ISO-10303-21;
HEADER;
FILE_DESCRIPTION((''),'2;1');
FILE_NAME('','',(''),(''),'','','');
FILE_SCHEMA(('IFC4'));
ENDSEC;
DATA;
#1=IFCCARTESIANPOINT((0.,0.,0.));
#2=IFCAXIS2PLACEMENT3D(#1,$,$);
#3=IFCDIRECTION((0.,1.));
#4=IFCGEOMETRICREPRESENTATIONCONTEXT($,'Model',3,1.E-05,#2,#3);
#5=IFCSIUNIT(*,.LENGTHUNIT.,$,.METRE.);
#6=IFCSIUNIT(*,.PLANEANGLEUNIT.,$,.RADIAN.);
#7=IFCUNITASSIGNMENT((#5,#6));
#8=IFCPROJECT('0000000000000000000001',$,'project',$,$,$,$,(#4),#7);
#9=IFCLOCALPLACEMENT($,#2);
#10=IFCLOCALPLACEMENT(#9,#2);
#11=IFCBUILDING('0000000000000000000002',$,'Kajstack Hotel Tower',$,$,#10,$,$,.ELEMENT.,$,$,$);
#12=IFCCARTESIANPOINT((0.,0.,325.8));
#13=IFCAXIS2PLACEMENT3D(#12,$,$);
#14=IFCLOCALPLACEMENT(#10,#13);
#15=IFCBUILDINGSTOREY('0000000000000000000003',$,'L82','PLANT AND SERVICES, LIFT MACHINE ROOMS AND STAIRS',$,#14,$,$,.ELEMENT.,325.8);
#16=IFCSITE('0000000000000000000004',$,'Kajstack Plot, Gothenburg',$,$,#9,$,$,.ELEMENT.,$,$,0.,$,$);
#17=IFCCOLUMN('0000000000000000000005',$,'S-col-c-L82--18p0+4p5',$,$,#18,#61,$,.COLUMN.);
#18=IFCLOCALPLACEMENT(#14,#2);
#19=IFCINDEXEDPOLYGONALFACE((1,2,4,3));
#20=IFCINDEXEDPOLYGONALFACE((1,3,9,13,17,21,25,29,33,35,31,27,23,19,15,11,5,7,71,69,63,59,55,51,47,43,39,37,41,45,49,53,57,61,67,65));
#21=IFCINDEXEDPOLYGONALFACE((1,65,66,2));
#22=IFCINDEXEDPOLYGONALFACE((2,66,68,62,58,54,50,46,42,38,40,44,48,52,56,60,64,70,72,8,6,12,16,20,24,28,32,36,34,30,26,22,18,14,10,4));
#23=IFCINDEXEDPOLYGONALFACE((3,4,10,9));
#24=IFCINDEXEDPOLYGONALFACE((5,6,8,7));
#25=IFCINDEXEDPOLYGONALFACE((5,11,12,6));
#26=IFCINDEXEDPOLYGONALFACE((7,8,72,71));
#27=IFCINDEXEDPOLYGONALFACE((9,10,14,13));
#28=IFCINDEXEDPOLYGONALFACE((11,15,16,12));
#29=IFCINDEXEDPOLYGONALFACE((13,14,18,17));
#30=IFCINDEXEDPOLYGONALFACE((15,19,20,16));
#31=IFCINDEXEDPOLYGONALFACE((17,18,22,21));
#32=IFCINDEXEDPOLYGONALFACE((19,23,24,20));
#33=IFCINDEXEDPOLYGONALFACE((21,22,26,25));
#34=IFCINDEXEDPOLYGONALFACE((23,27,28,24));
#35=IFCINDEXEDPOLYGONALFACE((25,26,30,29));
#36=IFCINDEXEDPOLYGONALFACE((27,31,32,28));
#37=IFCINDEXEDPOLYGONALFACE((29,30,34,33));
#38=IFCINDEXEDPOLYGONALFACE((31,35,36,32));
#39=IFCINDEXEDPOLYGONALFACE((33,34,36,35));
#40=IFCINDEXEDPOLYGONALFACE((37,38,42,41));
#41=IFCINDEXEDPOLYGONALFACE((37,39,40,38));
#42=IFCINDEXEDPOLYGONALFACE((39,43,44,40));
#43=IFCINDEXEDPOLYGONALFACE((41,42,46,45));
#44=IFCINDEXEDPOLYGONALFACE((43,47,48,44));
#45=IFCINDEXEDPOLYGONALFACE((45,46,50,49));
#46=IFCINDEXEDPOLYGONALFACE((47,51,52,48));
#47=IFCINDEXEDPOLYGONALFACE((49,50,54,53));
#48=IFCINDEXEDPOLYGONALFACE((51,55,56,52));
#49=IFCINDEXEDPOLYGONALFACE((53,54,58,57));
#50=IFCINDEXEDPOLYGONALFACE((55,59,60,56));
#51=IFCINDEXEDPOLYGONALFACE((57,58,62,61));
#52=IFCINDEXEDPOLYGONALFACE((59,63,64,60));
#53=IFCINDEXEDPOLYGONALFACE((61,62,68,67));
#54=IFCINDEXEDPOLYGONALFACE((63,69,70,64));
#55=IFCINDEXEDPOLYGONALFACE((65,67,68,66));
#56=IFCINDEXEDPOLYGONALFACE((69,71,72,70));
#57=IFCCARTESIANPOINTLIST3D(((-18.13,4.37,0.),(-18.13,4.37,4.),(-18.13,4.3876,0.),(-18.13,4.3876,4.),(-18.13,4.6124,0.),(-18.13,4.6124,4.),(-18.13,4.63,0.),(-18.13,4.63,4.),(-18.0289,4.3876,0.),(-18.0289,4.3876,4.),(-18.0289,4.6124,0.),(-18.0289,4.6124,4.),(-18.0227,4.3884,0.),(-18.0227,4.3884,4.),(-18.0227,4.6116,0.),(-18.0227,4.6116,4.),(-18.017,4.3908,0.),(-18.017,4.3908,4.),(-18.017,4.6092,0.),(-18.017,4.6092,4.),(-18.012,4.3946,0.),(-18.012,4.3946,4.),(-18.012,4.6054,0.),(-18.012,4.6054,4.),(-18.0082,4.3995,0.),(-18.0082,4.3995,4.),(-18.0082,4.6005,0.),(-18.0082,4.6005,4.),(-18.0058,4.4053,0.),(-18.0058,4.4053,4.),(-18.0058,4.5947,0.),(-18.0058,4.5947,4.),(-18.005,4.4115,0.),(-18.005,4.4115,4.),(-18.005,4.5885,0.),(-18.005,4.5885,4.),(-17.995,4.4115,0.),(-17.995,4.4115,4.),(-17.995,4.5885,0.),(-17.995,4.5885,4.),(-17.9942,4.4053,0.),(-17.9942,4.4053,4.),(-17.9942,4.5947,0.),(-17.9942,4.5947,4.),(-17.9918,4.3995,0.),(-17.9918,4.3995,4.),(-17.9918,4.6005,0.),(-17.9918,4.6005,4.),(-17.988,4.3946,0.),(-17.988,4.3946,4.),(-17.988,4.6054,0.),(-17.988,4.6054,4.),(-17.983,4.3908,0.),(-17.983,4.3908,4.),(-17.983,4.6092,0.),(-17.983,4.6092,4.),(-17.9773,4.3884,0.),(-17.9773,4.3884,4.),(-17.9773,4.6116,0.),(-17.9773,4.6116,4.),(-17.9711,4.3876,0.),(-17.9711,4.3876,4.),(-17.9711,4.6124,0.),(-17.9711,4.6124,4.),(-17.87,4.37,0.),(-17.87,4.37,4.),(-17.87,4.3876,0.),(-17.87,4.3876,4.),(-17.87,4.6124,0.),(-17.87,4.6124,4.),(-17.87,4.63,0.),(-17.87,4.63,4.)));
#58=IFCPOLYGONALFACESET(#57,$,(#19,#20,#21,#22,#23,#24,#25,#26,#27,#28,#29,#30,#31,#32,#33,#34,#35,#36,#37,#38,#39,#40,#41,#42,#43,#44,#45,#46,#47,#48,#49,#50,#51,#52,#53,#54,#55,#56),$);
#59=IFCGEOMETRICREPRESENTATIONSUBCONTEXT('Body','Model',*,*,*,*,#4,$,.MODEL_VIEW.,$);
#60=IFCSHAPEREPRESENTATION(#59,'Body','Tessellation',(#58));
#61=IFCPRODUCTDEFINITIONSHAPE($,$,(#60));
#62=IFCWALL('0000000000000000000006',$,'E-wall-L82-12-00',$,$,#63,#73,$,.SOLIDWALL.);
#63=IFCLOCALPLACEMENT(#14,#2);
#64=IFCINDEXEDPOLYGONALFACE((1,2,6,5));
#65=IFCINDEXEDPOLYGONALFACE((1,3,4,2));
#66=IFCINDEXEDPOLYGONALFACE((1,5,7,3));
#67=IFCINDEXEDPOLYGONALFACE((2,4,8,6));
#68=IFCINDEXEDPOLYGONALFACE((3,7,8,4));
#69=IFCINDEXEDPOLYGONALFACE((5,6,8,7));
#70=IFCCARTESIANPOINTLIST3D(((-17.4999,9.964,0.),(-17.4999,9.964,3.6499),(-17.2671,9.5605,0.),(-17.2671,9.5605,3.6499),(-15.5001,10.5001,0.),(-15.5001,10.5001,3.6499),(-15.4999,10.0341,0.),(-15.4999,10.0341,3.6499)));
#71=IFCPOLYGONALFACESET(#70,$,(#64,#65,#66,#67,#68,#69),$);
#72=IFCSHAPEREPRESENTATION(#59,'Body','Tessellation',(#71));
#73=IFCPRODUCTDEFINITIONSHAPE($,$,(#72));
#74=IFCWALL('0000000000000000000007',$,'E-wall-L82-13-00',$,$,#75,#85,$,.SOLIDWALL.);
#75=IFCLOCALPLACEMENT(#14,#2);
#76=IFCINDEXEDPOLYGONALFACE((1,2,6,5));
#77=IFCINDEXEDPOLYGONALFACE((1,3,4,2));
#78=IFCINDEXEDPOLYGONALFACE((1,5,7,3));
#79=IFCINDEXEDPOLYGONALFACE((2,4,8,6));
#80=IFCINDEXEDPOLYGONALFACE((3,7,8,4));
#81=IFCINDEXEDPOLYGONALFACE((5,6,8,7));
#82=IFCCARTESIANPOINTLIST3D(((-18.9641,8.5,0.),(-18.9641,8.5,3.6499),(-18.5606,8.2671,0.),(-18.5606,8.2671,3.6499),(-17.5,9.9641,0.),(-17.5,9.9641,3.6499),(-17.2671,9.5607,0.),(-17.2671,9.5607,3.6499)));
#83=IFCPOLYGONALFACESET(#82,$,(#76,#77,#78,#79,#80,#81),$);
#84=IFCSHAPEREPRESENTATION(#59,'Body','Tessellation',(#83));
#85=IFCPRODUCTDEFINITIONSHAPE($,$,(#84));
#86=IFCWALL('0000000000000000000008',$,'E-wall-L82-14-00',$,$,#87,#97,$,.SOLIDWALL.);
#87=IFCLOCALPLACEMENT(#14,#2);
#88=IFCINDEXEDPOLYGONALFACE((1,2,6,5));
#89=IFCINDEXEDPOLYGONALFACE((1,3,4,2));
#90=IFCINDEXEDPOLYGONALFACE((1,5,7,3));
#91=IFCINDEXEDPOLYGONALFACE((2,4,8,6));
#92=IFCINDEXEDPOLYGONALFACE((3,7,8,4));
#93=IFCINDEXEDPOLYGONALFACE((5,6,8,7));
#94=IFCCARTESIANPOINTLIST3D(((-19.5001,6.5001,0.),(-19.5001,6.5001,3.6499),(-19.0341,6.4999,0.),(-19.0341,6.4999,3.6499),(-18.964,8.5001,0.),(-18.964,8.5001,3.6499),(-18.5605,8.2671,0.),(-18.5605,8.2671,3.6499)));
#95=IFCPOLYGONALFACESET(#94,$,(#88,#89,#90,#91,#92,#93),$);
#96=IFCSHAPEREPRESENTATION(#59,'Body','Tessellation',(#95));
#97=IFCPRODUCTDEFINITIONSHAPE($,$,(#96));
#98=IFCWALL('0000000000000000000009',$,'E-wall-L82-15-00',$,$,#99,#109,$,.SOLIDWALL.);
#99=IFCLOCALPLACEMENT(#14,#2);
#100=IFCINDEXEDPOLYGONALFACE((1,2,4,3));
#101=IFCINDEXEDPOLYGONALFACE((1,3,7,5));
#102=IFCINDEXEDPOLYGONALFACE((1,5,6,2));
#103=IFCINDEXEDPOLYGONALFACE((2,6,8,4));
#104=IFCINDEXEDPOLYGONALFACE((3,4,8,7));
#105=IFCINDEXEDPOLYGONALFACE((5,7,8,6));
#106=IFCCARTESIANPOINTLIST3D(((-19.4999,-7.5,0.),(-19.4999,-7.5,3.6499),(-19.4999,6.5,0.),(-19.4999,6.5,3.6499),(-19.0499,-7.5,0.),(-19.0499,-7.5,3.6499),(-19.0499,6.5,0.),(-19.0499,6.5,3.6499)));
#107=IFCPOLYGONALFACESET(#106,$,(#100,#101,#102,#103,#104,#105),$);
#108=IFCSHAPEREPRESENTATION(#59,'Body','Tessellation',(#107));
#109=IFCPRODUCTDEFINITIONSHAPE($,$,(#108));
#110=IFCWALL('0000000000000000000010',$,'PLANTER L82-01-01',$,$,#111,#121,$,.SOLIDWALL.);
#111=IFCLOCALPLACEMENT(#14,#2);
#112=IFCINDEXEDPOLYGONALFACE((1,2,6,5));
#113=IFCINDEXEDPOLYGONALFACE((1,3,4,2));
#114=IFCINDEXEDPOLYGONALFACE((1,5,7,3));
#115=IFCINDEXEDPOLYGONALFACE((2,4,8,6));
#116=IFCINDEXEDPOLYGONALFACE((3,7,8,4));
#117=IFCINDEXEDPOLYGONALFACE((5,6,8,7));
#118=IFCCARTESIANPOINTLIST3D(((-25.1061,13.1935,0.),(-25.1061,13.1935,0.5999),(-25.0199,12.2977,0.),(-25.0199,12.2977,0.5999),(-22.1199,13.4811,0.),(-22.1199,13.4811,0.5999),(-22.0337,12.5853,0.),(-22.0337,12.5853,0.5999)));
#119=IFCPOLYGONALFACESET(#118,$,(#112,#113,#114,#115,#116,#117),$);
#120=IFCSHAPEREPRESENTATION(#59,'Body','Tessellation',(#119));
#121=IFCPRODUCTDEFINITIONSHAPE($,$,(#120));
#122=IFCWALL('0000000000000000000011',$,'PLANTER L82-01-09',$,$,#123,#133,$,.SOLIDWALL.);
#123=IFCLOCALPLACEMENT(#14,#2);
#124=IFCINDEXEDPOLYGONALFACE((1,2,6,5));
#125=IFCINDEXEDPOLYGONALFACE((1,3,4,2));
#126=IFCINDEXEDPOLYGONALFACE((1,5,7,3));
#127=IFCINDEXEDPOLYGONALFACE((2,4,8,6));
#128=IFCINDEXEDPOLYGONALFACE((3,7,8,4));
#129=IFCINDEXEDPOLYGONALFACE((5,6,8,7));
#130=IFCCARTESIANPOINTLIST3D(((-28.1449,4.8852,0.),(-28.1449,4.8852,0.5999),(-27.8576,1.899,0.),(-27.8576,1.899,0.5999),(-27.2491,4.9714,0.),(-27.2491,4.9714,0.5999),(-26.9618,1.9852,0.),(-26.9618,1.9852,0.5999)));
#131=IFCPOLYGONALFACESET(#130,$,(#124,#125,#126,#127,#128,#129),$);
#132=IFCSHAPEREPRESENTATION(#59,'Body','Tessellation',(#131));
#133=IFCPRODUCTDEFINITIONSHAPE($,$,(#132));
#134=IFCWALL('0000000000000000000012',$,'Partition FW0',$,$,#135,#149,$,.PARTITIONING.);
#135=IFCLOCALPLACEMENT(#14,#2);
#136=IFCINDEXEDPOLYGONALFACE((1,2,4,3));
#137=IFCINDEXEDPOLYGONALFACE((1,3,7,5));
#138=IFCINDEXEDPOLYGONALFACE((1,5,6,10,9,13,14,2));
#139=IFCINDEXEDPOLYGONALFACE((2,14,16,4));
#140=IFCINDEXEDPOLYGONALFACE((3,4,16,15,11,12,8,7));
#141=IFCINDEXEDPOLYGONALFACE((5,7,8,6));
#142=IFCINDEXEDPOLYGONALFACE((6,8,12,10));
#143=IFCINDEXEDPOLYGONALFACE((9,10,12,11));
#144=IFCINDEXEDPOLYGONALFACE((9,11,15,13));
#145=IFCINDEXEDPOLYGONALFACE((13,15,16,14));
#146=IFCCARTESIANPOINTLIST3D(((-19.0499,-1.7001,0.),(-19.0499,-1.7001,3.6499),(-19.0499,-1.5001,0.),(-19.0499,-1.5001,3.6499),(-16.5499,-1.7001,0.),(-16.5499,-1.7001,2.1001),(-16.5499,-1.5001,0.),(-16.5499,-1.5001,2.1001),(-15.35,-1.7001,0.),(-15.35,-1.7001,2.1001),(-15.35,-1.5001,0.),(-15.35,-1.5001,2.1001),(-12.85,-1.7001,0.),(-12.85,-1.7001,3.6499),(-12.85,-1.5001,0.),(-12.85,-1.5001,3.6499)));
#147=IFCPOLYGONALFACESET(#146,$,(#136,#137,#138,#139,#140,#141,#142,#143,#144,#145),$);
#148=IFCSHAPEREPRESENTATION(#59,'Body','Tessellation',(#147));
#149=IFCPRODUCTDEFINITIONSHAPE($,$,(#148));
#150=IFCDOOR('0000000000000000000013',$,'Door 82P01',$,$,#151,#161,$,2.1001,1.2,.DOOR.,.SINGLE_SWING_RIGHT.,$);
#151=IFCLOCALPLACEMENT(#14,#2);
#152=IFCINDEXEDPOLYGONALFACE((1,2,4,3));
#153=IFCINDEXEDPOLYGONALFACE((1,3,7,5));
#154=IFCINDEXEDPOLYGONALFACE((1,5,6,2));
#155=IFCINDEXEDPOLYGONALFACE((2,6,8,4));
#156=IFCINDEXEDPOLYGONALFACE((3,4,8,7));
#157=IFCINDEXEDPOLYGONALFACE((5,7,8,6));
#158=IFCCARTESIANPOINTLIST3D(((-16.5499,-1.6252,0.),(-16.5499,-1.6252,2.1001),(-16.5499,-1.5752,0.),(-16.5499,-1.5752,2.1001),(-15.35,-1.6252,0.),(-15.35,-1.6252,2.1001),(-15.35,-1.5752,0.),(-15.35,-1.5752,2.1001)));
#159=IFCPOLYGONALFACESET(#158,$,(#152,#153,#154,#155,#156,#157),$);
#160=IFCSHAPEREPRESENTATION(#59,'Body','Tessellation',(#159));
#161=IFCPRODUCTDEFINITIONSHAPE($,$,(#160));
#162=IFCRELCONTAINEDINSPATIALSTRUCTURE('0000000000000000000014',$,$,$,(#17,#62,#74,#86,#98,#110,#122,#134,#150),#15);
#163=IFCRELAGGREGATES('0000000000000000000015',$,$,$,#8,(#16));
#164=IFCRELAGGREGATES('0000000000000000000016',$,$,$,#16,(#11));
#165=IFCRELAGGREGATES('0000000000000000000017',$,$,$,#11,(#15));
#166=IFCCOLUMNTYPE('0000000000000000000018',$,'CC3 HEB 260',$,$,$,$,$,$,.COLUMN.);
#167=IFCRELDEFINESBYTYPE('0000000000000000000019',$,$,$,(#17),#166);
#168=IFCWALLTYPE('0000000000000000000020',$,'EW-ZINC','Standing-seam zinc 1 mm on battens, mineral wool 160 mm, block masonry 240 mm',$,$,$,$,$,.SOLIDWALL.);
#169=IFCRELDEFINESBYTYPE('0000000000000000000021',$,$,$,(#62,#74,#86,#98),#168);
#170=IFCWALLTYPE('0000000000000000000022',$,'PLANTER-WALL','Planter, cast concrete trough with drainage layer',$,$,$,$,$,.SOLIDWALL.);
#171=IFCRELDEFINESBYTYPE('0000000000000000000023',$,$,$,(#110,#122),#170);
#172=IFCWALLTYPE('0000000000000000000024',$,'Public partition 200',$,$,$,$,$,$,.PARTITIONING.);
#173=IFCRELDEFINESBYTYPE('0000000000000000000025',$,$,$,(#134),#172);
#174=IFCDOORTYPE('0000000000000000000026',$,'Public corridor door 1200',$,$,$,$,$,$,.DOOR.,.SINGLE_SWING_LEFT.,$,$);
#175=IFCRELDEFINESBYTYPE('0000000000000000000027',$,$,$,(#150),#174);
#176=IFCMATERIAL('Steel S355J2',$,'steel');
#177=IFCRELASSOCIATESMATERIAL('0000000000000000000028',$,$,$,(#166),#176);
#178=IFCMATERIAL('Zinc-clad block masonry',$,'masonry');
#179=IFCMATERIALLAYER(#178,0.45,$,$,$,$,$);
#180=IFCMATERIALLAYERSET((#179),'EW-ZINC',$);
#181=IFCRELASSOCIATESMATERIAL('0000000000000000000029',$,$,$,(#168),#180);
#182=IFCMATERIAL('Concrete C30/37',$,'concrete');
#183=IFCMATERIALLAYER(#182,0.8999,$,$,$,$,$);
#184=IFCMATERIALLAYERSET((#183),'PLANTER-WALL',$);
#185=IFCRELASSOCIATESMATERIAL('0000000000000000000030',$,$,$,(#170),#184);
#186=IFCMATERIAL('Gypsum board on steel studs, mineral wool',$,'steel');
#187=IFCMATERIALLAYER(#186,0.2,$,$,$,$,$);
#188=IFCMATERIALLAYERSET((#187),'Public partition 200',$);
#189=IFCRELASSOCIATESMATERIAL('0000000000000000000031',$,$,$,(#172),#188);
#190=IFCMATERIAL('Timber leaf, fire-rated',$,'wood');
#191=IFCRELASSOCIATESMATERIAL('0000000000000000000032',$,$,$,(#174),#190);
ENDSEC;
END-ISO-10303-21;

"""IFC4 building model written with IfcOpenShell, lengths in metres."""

from ifc_helpers import new_model, si_unit, direction, frame, frame_2d, origin, origin_2d, place, context, subcontext, project, spatial, polyline, rectangle, i_section, outline, extrude, material, layer, layer_set, material_profile, profile_set, type_object, element, fill, save


model = new_model("IFC4")

# Units and contexts
model_context = context("Model", 3, precision=1e-05, world=origin(), true_north=direction((0.0, 1.0)))
body_context = subcontext(model_context, "Body", "Model", "MODEL_VIEW")
ifc_project = project(units=[si_unit("LENGTHUNIT", "METRE"), si_unit("PLANEANGLEUNIT", "RADIAN")], contexts=[model_context])

# Site, building, storey
site_placement = place(None, origin())
site = spatial("IfcSite", under=ifc_project, at=site_placement, Name="Kajstack Plot, Gothenburg", CompositionType="ELEMENT", RefElevation=0.0)
building_placement = place(site_placement, origin())
building = spatial("IfcBuilding", under=site, at=building_placement, Name="Kajstack Hotel Tower", CompositionType="ELEMENT")
storey_placement = place(building_placement, frame((0.0, 0.0, 325.8)))
storey = spatial("IfcBuildingStorey", under=building, at=storey_placement, Name="L82", Description="PLANT AND SERVICES, LIFT MACHINE ROOMS AND STAIRS", CompositionType="ELEMENT", Elevation=325.8)

# Column
ifc_material_1 = material(Name="Steel S355J2", Category="steel")
ifc_material_profile = material_profile(ifc_material_1, i_section(OverallWidth=0.26, OverallDepth=0.26, WebThickness=0.01, FlangeThickness=0.0176, FilletRadius=0.0239, at=origin_2d()), Name="HEB 260")
ifc_profile_set = profile_set([ifc_material_profile], Name="Steel S355J2")
column_type = type_object("IfcColumnType", Name="CC3 HEB 260", PredefinedType="COLUMN", material=ifc_profile_set)
column_placement = place(storey_placement, frame((-18.0, 4.5, 0.0), z_axis=(0.0, 0.0, 1.0), x_axis=(1.0, 0.0, 0.0)))
element("IfcColumn", 1, at=column_placement, inside=storey, type_object=column_type, Name="S-col-c-L82--18p0+4p5", PredefinedType="COLUMN", context=body_context, shape_type="SweptSolid", body=[
    extrude(i_section(OverallWidth=0.26, OverallDepth=0.26, WebThickness=0.01, FlangeThickness=0.0176, FilletRadius=0.0239, at=origin_2d()), origin(), (0.0, 0.0, 1.0), 4.0),
])

# Walls
ifc_material_2 = material(Name="Zinc-clad block masonry", Category="masonry")
ifc_layer_1 = layer(ifc_material_2, 0.45)
ifc_layer_set_1 = layer_set([ifc_layer_1], Name="EW-ZINC")
wall_type_1 = type_object("IfcWallType", Name="EW-ZINC", Description="Standing-seam zinc 1 mm on battens, mineral wool 160 mm, block masonry 240 mm", PredefinedType="SOLIDWALL", material=ifc_layer_set_1)
wall_1_placement = place(storey_placement, frame((-15.4417, 10.2827, 0.0), z_axis=(0.0, 0.0, 1.0), x_axis=(-0.965927, -0.258815, 0.0)))
element("IfcWall", 2, at=wall_1_placement, inside=storey, type_object=wall_type_1, Name="E-wall-L82-12-00", PredefinedType="SOLIDWALL", context=body_context, shape_type="SweptSolid", body=[
    extrude(outline(polyline([(0.0002, -0.2251), (2.0706, -0.2249), (1.9502, 0.2251), (0.1206, 0.2251), (0.0002, -0.2251)])), origin(), (0.0, 0.0, 1.0), 3.6499),
])
wall_2_placement = place(storey_placement, frame((-17.3408, 9.8049, 0.0), z_axis=(0.0, 0.0, 1.0), x_axis=(-0.707107, -0.707107, 0.0)))
element("IfcWall", 3, at=wall_2_placement, inside=storey, type_object=wall_type_1, Name="E-wall-L82-13-00", PredefinedType="SOLIDWALL", context=body_context, shape_type="SweptSolid", body=[
    extrude(outline(polyline([(0.0, -0.2251), (2.0706, -0.2251), (1.95, 0.2249), (0.1206, 0.2249), (0.0, -0.2251)])), origin(), (0.0, 0.0, 1.0), 3.6499),
])
wall_3_placement = place(storey_placement, frame((-18.7468, 8.4417, 0.0), z_axis=(0.0, 0.0, 1.0), x_axis=(-0.258815, -0.965927, 0.0)))
element("IfcWall", 4, at=wall_3_placement, inside=storey, type_object=wall_type_1, Name="E-wall-L82-14-00", PredefinedType="SOLIDWALL", context=body_context, shape_type="SweptSolid", body=[
    extrude(outline(polyline([(-0.0002, -0.2249), (2.0703, -0.2251), (1.95, 0.2251), (0.1204, 0.2251), (-0.0002, -0.2249)])), origin(), (0.0, 0.0, 1.0), 3.6499),
])
wall_4_placement = place(storey_placement, frame((-19.2749, 6.5, 0.0), z_axis=(0.0, 0.0, 1.0), x_axis=(0.0, -1.0, 0.0)))
element("IfcWall", 5, at=wall_4_placement, inside=storey, type_object=wall_type_1, Name="E-wall-L82-15-00", PredefinedType="SOLIDWALL", context=body_context, shape_type="SweptSolid", body=[
    extrude(rectangle(XDim=14.0, YDim=0.45, at=frame_2d((7.0, 0.0))), origin(), (0.0, 0.0, 1.0), 3.6499),
])
ifc_material_3 = material(Name="Concrete C30/37", Category="concrete")
ifc_layer_2 = layer(ifc_material_3, 0.8999)
ifc_layer_set_2 = layer_set([ifc_layer_2], Name="PLANTER-WALL")
wall_type_2 = type_object("IfcWallType", Name="PLANTER-WALL", Description="Planter, cast concrete trough with drainage layer", PredefinedType="SOLIDWALL", material=ifc_layer_set_2)
for number, where, z_axis, x_axis, name in (
    (6, (-25.063, 12.7456, 0.0), (0.0, 0.0, 1.0), (0.995394, 0.095869, 0.0), "PLANTER L82-01-01"),
    (7, (-27.4097, 1.9421, 0.0), (0.0, 0.0, 1.0), (-0.095781, 0.995402, 0.0), "PLANTER L82-01-09"),
):
    element("IfcWall", number, at=place(storey_placement, frame(where, z_axis=z_axis, x_axis=x_axis)), inside=storey, type_object=wall_type_2, Name=name, PredefinedType="SOLIDWALL", context=body_context, shape_type="SweptSolid", body=[
        extrude(rectangle(XDim=3.0, YDim=0.8999, at=frame_2d((1.5, 0.0))), origin(), (0.0, 0.0, 1.0), 0.5999),
    ])

# Wall, opening, door
ifc_material_4 = material(Name="Gypsum board on steel studs, mineral wool", Category="steel")
ifc_layer_3 = layer(ifc_material_4, 0.2)
ifc_layer_set_3 = layer_set([ifc_layer_3], Name="Public partition 200")
wall_type_3 = type_object("IfcWallType", Name="Public partition 200", PredefinedType="PARTITIONING", material=ifc_layer_set_3)
wall_5_placement = place(storey_placement, frame((-19.05, -1.6001, 0.0), z_axis=(0.0, 0.0, 1.0), x_axis=(1.0, 0.0, 0.0)))
wall_5 = element("IfcWall", 8, at=wall_5_placement, inside=storey, type_object=wall_type_3, Name="Partition FW0", PredefinedType="PARTITIONING", context=body_context, shape_type="SweptSolid", body=[
    extrude(rectangle(XDim=6.2, YDim=0.2, at=frame_2d((3.1001, 0.0))), origin(), (0.0, 0.0, 1.0), 3.6499),
])
opening_1_placement = place(wall_5_placement, frame((2.5, 0.0, 0.0)))
opening_1 = element("IfcOpeningElement", 9, at=opening_1_placement, cuts=wall_5, PredefinedType="OPENING", context=body_context, shape_type="SweptSolid", body=[
    extrude(rectangle(XDim=1.2, YDim=2.1001, at=frame_2d((0.6001, 1.05))), frame((0.0, 0.1099, 0.0), z_axis=(0.0, -1.0, 0.0), x_axis=(1.0, 0.0, 0.0)), (0.0, 0.0, 1.0), 0.22),
])
ifc_material_5 = material(Name="Timber leaf, fire-rated", Category="wood")
door_type_1 = type_object("IfcDoorType", Name="Public corridor door 1200", OperationType="SINGLE_SWING_LEFT", PredefinedType="DOOR", material=ifc_material_5)
door_1_placement = place(opening_1_placement, origin())
door_1 = element("IfcDoor", 10, at=door_1_placement, inside=storey, type_object=door_type_1, Name="Door 82P01", OperationType="SINGLE_SWING_RIGHT", OverallHeight=2.1001, OverallWidth=1.2, PredefinedType="DOOR", context=body_context, shape_type="SweptSolid", body=[
    extrude(rectangle(XDim=1.2, YDim=2.1001, at=frame_2d((0.6001, 1.05))), frame((0.0, 0.0249, 0.0), z_axis=(0.0, -1.0, 0.0), x_axis=(1.0, 0.0, 0.0)), (0.0, 0.0, 1.0), 0.05),
])
fill(opening_1, door_1)

save(model, "model.ifc")
